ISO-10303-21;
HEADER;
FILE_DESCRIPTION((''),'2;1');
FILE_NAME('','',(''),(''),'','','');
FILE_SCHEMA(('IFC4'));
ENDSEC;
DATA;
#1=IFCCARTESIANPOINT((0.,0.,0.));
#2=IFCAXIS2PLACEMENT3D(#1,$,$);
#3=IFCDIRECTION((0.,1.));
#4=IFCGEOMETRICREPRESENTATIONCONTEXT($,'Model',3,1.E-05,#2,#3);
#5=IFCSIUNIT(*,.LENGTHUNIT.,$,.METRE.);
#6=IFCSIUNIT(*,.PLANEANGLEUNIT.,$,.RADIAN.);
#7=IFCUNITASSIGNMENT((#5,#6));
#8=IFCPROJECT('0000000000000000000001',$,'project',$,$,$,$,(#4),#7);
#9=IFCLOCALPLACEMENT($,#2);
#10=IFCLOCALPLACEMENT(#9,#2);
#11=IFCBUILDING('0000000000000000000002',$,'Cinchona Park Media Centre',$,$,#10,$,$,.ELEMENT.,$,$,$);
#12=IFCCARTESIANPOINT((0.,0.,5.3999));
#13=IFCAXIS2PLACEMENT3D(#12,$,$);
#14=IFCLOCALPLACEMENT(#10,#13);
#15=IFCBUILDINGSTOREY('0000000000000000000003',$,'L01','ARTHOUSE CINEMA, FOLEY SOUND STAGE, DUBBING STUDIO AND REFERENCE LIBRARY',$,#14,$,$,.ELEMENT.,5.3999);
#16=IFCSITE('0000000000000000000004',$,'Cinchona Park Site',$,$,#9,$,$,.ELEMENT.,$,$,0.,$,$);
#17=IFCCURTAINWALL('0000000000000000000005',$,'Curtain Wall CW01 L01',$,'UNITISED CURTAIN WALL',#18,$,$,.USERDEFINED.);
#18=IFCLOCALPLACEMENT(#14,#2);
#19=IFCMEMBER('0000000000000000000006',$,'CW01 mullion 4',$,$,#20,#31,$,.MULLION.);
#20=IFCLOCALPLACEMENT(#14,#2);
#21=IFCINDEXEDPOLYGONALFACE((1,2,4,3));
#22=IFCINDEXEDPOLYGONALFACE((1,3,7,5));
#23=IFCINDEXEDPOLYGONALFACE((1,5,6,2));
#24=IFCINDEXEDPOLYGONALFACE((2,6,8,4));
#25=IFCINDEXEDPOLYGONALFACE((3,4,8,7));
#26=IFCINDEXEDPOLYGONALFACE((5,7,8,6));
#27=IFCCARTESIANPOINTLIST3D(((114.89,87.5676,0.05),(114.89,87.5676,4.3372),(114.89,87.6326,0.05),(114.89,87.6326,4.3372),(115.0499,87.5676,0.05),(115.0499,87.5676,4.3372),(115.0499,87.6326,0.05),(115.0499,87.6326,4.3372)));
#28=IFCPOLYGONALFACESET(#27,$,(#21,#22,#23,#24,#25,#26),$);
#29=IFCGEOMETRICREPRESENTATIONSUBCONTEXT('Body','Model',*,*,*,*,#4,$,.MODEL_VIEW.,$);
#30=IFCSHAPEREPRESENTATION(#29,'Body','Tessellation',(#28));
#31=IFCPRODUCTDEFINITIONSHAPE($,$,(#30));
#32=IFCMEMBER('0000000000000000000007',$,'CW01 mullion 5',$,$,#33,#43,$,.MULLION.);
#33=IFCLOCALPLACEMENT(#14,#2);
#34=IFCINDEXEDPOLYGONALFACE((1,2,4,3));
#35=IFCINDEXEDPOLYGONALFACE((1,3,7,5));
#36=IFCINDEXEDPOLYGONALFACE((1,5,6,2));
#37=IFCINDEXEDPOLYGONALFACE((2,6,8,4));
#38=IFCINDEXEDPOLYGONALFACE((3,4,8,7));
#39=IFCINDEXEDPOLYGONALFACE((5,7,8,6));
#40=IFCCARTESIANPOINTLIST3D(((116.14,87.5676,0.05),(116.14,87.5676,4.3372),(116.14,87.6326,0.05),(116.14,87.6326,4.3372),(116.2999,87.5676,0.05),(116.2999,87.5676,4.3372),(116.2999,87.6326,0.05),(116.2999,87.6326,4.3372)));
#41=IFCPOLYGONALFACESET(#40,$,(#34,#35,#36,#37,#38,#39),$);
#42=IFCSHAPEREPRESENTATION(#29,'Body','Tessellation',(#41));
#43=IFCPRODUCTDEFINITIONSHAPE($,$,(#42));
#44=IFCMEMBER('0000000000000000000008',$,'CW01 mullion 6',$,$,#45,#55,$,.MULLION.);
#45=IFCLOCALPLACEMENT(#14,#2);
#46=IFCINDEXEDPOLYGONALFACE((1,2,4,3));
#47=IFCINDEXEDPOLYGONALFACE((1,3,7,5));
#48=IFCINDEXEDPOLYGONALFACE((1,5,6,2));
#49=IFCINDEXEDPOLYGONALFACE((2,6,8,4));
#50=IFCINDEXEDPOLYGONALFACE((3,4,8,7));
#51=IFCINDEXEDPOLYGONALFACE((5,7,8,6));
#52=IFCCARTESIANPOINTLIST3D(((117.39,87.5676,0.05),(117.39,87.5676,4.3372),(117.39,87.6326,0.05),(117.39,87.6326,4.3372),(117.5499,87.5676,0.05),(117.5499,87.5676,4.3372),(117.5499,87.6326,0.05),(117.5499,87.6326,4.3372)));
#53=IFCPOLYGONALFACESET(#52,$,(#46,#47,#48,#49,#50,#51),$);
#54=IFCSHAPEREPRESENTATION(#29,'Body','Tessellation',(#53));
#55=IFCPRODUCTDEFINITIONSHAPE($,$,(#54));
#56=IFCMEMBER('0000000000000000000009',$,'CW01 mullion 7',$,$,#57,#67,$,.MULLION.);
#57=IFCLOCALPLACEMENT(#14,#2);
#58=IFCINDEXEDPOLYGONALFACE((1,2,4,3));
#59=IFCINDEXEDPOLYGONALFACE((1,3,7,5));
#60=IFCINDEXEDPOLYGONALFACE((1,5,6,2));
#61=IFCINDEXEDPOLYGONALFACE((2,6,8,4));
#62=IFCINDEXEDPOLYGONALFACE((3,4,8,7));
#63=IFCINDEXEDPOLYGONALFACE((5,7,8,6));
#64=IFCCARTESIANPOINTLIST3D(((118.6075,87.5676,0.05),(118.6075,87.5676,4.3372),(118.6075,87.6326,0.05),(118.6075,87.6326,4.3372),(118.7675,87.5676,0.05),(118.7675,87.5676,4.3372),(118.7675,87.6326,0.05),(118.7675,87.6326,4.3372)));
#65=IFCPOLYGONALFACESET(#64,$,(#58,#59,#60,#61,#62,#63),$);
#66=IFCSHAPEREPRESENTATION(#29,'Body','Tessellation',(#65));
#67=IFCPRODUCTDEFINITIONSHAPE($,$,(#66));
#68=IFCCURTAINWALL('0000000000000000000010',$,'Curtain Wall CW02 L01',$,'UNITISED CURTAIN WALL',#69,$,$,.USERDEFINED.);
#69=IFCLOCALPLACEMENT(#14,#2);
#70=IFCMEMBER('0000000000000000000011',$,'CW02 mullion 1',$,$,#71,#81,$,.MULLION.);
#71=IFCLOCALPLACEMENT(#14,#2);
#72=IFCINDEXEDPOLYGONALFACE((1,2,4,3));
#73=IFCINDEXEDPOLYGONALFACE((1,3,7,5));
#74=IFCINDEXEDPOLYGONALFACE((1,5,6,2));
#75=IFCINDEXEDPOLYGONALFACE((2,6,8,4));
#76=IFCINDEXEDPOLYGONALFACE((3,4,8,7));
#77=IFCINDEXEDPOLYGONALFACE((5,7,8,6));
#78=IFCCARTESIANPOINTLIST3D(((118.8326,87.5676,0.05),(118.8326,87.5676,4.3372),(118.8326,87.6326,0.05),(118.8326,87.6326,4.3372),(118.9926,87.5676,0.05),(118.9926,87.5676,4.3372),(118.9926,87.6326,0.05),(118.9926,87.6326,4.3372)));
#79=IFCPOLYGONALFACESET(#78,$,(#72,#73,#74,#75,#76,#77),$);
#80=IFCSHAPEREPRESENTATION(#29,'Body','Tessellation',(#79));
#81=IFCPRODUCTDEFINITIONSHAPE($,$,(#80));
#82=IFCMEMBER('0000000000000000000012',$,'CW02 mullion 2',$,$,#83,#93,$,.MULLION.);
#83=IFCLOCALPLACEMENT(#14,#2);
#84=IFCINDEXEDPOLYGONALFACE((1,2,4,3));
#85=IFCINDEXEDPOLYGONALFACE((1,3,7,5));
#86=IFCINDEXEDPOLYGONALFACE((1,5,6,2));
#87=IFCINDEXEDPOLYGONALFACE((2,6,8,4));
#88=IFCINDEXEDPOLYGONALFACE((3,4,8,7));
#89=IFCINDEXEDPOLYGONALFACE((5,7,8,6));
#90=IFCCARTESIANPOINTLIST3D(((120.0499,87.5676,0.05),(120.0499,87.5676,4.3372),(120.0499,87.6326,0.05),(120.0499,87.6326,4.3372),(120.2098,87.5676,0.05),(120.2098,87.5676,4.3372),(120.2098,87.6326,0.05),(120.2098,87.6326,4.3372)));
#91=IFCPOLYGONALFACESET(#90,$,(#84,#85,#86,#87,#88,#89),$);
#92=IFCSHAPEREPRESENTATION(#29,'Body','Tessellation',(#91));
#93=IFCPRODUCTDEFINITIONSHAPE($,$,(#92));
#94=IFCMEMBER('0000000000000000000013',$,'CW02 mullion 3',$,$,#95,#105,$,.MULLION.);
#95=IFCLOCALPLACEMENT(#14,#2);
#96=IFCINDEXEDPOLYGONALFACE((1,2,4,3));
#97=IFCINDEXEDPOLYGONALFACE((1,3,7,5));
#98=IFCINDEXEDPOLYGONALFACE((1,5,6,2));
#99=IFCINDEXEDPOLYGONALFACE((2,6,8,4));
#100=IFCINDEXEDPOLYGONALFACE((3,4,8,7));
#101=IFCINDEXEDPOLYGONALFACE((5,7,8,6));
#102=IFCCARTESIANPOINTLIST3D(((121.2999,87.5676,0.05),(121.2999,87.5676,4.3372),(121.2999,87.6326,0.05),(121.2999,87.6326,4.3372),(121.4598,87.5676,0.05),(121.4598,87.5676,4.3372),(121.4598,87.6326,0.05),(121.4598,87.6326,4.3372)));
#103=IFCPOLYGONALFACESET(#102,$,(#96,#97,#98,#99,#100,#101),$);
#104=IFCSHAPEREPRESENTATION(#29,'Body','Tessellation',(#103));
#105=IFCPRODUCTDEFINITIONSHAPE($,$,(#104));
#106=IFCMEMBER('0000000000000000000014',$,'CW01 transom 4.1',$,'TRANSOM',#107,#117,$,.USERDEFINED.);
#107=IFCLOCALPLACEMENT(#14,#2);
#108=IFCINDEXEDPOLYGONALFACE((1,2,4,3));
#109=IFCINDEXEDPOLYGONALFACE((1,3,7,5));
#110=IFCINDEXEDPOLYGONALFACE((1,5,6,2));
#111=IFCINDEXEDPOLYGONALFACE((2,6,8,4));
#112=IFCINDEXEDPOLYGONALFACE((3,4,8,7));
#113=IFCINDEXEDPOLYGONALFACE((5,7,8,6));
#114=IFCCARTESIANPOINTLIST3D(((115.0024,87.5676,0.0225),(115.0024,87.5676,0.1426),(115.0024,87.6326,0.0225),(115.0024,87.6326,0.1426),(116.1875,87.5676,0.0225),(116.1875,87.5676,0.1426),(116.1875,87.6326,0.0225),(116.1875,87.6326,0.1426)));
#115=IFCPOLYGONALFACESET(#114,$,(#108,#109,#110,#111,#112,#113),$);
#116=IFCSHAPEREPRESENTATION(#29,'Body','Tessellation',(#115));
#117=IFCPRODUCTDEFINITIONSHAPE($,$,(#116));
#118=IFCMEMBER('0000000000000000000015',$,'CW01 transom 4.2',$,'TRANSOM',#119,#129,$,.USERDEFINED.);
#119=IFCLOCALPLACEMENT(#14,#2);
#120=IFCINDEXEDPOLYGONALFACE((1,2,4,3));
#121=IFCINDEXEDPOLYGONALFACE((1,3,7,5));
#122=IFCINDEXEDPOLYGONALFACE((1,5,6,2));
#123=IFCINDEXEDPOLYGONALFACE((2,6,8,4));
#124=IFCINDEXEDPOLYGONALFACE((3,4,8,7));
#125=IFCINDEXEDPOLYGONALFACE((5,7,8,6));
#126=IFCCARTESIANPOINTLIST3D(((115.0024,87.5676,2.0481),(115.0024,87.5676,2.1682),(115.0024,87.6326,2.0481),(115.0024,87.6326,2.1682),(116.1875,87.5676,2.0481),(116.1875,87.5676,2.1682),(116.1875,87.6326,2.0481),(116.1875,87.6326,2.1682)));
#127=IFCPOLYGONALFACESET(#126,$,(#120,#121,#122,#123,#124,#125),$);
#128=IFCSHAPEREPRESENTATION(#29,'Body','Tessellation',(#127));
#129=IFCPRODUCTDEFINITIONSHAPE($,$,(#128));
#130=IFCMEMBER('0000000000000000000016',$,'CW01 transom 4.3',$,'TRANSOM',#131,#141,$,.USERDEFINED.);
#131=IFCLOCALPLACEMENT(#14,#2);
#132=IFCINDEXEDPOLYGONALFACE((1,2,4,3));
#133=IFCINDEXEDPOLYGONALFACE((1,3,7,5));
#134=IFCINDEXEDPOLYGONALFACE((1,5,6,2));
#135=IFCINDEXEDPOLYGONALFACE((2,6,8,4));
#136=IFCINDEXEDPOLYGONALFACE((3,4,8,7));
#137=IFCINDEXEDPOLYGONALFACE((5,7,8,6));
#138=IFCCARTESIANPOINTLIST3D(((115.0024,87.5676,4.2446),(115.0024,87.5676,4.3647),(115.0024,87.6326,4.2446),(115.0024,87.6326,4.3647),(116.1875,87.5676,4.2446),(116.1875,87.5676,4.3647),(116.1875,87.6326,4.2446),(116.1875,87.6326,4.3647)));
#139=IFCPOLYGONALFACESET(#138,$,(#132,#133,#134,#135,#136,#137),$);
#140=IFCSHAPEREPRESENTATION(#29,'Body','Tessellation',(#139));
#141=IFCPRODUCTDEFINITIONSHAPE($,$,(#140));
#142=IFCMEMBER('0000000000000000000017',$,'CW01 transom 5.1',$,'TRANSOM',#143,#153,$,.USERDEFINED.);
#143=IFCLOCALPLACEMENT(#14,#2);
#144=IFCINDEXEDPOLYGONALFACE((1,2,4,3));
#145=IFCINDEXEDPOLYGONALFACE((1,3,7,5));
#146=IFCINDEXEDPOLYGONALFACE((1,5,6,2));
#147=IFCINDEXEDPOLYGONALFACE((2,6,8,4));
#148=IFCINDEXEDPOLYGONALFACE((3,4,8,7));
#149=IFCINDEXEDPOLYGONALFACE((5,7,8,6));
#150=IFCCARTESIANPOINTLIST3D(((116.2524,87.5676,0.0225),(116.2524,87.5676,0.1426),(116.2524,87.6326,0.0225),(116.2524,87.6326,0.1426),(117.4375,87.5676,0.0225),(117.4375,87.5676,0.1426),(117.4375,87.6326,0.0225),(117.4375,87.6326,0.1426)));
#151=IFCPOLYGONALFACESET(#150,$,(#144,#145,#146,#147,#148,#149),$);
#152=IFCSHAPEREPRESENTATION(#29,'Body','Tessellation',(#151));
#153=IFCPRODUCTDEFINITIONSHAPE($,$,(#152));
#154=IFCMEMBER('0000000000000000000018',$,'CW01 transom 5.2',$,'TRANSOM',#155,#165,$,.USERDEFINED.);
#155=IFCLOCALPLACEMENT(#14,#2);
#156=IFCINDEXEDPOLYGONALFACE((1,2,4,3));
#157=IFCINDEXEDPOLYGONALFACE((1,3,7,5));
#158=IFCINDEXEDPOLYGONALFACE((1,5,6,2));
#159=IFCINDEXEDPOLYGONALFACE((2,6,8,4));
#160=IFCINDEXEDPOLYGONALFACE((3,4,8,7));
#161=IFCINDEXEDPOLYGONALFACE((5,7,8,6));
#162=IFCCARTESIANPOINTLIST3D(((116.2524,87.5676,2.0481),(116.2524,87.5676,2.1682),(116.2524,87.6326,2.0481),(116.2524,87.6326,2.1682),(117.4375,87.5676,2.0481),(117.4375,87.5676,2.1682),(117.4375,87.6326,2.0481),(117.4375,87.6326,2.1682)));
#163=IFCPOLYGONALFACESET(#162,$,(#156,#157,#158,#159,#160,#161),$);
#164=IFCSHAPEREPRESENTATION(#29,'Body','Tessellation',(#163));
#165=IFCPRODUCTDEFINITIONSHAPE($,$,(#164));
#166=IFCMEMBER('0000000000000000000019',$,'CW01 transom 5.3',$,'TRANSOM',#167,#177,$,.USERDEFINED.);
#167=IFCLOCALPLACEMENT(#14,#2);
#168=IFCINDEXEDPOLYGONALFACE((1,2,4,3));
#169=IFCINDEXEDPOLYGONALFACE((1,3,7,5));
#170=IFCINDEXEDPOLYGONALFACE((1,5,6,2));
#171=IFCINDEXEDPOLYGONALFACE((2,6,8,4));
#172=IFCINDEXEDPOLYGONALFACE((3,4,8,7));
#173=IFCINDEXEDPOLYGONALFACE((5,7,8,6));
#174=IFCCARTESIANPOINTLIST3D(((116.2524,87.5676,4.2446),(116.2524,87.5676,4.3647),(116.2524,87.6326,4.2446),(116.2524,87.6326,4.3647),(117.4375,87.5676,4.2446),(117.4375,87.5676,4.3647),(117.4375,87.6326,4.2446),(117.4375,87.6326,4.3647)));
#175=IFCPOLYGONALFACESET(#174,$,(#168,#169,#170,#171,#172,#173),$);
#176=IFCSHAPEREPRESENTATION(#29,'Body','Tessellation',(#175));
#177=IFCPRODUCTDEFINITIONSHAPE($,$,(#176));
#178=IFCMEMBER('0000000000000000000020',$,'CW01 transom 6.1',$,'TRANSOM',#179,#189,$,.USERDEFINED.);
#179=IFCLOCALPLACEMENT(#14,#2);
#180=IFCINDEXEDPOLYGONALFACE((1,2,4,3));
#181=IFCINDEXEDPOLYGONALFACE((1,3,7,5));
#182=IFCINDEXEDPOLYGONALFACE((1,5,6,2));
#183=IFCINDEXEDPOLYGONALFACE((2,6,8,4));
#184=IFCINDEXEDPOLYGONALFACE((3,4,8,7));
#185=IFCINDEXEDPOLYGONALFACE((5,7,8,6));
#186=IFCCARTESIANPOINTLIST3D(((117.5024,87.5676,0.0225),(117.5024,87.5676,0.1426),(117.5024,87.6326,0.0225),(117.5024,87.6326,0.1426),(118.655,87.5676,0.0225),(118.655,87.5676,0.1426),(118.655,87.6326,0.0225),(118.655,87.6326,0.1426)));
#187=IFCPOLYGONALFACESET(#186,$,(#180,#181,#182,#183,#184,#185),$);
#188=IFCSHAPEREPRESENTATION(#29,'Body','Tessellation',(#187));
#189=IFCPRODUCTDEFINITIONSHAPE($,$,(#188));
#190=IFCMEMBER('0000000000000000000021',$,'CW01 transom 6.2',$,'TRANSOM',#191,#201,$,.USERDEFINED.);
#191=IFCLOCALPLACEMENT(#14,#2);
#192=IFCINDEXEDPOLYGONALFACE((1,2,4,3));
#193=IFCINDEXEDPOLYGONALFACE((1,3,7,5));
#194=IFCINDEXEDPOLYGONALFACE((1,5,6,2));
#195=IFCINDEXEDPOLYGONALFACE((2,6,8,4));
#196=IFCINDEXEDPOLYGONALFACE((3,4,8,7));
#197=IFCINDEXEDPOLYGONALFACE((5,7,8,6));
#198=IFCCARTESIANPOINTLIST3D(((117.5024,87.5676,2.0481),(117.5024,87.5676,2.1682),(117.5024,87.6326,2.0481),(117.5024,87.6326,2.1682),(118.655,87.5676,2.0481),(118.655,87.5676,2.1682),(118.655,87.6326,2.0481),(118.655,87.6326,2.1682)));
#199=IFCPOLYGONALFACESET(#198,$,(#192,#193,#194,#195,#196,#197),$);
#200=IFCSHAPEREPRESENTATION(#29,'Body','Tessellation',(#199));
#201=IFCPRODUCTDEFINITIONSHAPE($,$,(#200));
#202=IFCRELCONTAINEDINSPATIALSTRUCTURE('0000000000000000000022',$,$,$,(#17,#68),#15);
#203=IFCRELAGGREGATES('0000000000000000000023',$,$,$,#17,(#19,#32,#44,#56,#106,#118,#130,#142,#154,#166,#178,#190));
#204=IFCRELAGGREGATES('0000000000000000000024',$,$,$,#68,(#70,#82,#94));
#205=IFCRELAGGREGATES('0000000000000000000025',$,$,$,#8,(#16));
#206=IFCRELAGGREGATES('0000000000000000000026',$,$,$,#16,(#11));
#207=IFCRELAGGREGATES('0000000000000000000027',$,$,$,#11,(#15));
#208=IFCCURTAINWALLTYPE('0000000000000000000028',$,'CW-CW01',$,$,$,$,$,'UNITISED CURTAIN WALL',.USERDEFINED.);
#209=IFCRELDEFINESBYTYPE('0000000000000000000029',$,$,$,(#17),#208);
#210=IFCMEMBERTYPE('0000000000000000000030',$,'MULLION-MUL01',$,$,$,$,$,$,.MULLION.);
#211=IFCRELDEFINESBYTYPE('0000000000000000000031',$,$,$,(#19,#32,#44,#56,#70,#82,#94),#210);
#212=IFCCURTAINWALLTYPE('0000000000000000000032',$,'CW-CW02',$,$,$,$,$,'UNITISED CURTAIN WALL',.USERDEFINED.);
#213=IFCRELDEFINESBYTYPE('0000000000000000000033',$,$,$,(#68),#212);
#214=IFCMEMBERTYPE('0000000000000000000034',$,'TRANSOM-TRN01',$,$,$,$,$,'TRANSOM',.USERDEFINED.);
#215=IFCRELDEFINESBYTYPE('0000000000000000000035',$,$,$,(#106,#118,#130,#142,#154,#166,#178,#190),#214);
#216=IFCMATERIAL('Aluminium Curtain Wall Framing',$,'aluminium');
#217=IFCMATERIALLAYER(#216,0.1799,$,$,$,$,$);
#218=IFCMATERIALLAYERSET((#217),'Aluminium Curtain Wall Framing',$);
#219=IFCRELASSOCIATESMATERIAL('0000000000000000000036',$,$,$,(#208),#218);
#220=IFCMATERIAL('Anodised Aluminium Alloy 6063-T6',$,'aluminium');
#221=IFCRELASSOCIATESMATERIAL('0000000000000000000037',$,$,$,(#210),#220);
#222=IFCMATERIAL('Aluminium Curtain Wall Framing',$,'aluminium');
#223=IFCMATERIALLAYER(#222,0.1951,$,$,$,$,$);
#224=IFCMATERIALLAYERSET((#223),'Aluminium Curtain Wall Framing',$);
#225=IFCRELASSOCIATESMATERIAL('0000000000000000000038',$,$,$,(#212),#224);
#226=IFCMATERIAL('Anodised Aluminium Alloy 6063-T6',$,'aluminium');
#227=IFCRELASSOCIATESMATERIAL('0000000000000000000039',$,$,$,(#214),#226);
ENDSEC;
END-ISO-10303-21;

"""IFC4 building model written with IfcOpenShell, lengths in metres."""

from ifc_helpers import new_model, si_unit, direction, frame, origin, origin_2d, place, context, subcontext, project, spatial, rectangle, extrude, material, layer, layer_set, material_profile, profile_set, type_object, element, aggregate, save


model = new_model("IFC4")

# Units and contexts
model_context = context("Model", 3, precision=1e-05, world=origin(), true_north=direction((0.0, 1.0)))
body_context = subcontext(model_context, "Body", "Model", "MODEL_VIEW")
ifc_project = project(units=[si_unit("LENGTHUNIT", "METRE"), si_unit("PLANEANGLEUNIT", "RADIAN")], contexts=[model_context])

# Site, building, storey
site_placement = place(None, origin())
site = spatial("IfcSite", under=ifc_project, at=site_placement, Name="Cinchona Park Site", CompositionType="ELEMENT", RefElevation=0.0)
building_placement = place(site_placement, origin())
building = spatial("IfcBuilding", under=site, at=building_placement, Name="Cinchona Park Media Centre", CompositionType="ELEMENT")
storey_placement = place(building_placement, frame((0.0, 0.0, 5.3999)))
storey = spatial("IfcBuildingStorey", under=building, at=storey_placement, Name="L01", Description="ARTHOUSE CINEMA, FOLEY SOUND STAGE, DUBBING STUDIO AND REFERENCE LIBRARY", CompositionType="ELEMENT", Elevation=5.3999)

# Curtain walls, members
ifc_material_1 = material(Name="Aluminium Curtain Wall Framing", Category="aluminium")
ifc_layer_1 = layer(ifc_material_1, 0.1799)
ifc_layer_set_1 = layer_set([ifc_layer_1], Name="Aluminium Curtain Wall Framing")
curtain_wall_type_1 = type_object("IfcCurtainWallType", Name="CW-CW01", ElementType="UNITISED CURTAIN WALL", PredefinedType="USERDEFINED", material=ifc_layer_set_1)
curtain_wall_1_placement = place(storey_placement, origin())
curtain_wall_1 = element("IfcCurtainWall", 1, at=curtain_wall_1_placement, inside=storey, type_object=curtain_wall_type_1, Name="Curtain Wall CW01 L01", ObjectType="UNITISED CURTAIN WALL", PredefinedType="USERDEFINED")
ifc_material_2 = material(Name="Anodised Aluminium Alloy 6063-T6", Category="aluminium")
ifc_material_profile_1 = material_profile(ifc_material_2, rectangle(XDim=0.0649, YDim=0.1599, at=origin_2d()), Name="MUL-65X160")
ifc_profile_set_1 = profile_set([ifc_material_profile_1], Name="Anodised Aluminium Alloy 6063-T6")
member_type_1 = type_object("IfcMemberType", Name="MULLION-MUL01", PredefinedType="MULLION", material=ifc_profile_set_1)
member_1_placement = place(storey_placement, frame((114.97, 87.6001, 0.05), z_axis=(0.0, 0.0, 1.0), x_axis=(0.0, 1.0, 0.0)))
member_1 = element("IfcMember", 2, at=member_1_placement, type_object=member_type_1, Name="CW01 mullion 4", PredefinedType="MULLION", context=body_context, shape_type="SweptSolid", body=[
    extrude(rectangle(XDim=0.0649, YDim=0.1599, at=origin_2d()), origin(), (0.0, 0.0, 1.0), 4.2871),
])
member_2_placement = place(storey_placement, frame((116.22, 87.6001, 0.05), z_axis=(0.0, 0.0, 1.0), x_axis=(0.0, 1.0, 0.0)))
member_2 = element("IfcMember", 3, at=member_2_placement, type_object=member_type_1, Name="CW01 mullion 5", PredefinedType="MULLION", context=body_context, shape_type="SweptSolid", body=[
    extrude(rectangle(XDim=0.0649, YDim=0.1599, at=origin_2d()), origin(), (0.0, 0.0, 1.0), 4.2871),
])
member_3_placement = place(storey_placement, frame((117.47, 87.6001, 0.05), z_axis=(0.0, 0.0, 1.0), x_axis=(0.0, 1.0, 0.0)))
member_3 = element("IfcMember", 4, at=member_3_placement, type_object=member_type_1, Name="CW01 mullion 6", PredefinedType="MULLION", context=body_context, shape_type="SweptSolid", body=[
    extrude(rectangle(XDim=0.0649, YDim=0.1599, at=origin_2d()), origin(), (0.0, 0.0, 1.0), 4.2871),
])
member_4_placement = place(storey_placement, frame((118.6875, 87.6001, 0.05), z_axis=(0.0, 0.0, 1.0), x_axis=(0.0, 1.0, 0.0)))
member_4 = element("IfcMember", 5, at=member_4_placement, type_object=member_type_1, Name="CW01 mullion 7", PredefinedType="MULLION", context=body_context, shape_type="SweptSolid", body=[
    extrude(rectangle(XDim=0.0649, YDim=0.1599, at=origin_2d()), origin(), (0.0, 0.0, 1.0), 4.2871),
])
ifc_material_3 = material(Name="Aluminium Curtain Wall Framing", Category="aluminium")
ifc_layer_2 = layer(ifc_material_3, 0.1951)
ifc_layer_set_2 = layer_set([ifc_layer_2], Name="Aluminium Curtain Wall Framing")
curtain_wall_type_2 = type_object("IfcCurtainWallType", Name="CW-CW02", ElementType="UNITISED CURTAIN WALL", PredefinedType="USERDEFINED", material=ifc_layer_set_2)
curtain_wall_2_placement = place(storey_placement, origin())
curtain_wall_2 = element("IfcCurtainWall", 6, at=curtain_wall_2_placement, inside=storey, type_object=curtain_wall_type_2, Name="Curtain Wall CW02 L01", ObjectType="UNITISED CURTAIN WALL", PredefinedType="USERDEFINED")
member_5_placement = place(storey_placement, frame((118.9126, 87.6001, 0.05), z_axis=(0.0, 0.0, 1.0), x_axis=(0.0, 1.0, 0.0)))
member_5 = element("IfcMember", 7, at=member_5_placement, type_object=member_type_1, Name="CW02 mullion 1", PredefinedType="MULLION", context=body_context, shape_type="SweptSolid", body=[
    extrude(rectangle(XDim=0.0649, YDim=0.1599, at=origin_2d()), origin(), (0.0, 0.0, 1.0), 4.2871),
])
member_6_placement = place(storey_placement, frame((120.1299, 87.6001, 0.05), z_axis=(0.0, 0.0, 1.0), x_axis=(0.0, 1.0, 0.0)))
member_6 = element("IfcMember", 8, at=member_6_placement, type_object=member_type_1, Name="CW02 mullion 2", PredefinedType="MULLION", context=body_context, shape_type="SweptSolid", body=[
    extrude(rectangle(XDim=0.0649, YDim=0.1599, at=origin_2d()), origin(), (0.0, 0.0, 1.0), 4.2871),
])
member_7_placement = place(storey_placement, frame((121.3799, 87.6001, 0.05), z_axis=(0.0, 0.0, 1.0), x_axis=(0.0, 1.0, 0.0)))
member_7 = element("IfcMember", 9, at=member_7_placement, type_object=member_type_1, Name="CW02 mullion 3", PredefinedType="MULLION", context=body_context, shape_type="SweptSolid", body=[
    extrude(rectangle(XDim=0.0649, YDim=0.1599, at=origin_2d()), origin(), (0.0, 0.0, 1.0), 4.2871),
])

# Members
ifc_material_4 = material(Name="Anodised Aluminium Alloy 6063-T6", Category="aluminium")
ifc_material_profile_2 = material_profile(ifc_material_4, rectangle(XDim=0.0649, YDim=0.1201, at=origin_2d()), Name="TRN-65X120")
ifc_profile_set_2 = profile_set([ifc_material_profile_2], Name="Anodised Aluminium Alloy 6063-T6")
member_type_2 = type_object("IfcMemberType", Name="TRANSOM-TRN01", ElementType="TRANSOM", PredefinedType="USERDEFINED", material=ifc_profile_set_2)
member_8_placement = place(storey_placement, frame((115.0024, 87.6001, 0.0825), z_axis=(1.0, 0.0, 0.0), x_axis=(0.0, 1.0, 0.0)))
member_8 = element("IfcMember", 10, at=member_8_placement, type_object=member_type_2, Name="CW01 transom 4.1", ObjectType="TRANSOM", PredefinedType="USERDEFINED", context=body_context, shape_type="SweptSolid", body=[
    extrude(rectangle(XDim=0.0649, YDim=0.1201, at=origin_2d()), origin(), (0.0, 0.0, 1.0), 1.1851),
])
member_9_placement = place(storey_placement, frame((115.0024, 87.6001, 2.1082), z_axis=(1.0, 0.0, 0.0), x_axis=(0.0, 1.0, 0.0)))
member_9 = element("IfcMember", 11, at=member_9_placement, type_object=member_type_2, Name="CW01 transom 4.2", ObjectType="TRANSOM", PredefinedType="USERDEFINED", context=body_context, shape_type="SweptSolid", body=[
    extrude(rectangle(XDim=0.0649, YDim=0.1201, at=origin_2d()), origin(), (0.0, 0.0, 1.0), 1.1851),
])
member_10_placement = place(storey_placement, frame((115.0024, 87.6001, 4.3047), z_axis=(1.0, 0.0, 0.0), x_axis=(0.0, 1.0, 0.0)))
member_10 = element("IfcMember", 12, at=member_10_placement, type_object=member_type_2, Name="CW01 transom 4.3", ObjectType="TRANSOM", PredefinedType="USERDEFINED", context=body_context, shape_type="SweptSolid", body=[
    extrude(rectangle(XDim=0.0649, YDim=0.1201, at=origin_2d()), origin(), (0.0, 0.0, 1.0), 1.1851),
])
member_11_placement = place(storey_placement, frame((116.2524, 87.6001, 0.0825), z_axis=(1.0, 0.0, 0.0), x_axis=(0.0, 1.0, 0.0)))
member_11 = element("IfcMember", 13, at=member_11_placement, type_object=member_type_2, Name="CW01 transom 5.1", ObjectType="TRANSOM", PredefinedType="USERDEFINED", context=body_context, shape_type="SweptSolid", body=[
    extrude(rectangle(XDim=0.0649, YDim=0.1201, at=origin_2d()), origin(), (0.0, 0.0, 1.0), 1.1851),
])
member_12_placement = place(storey_placement, frame((116.2524, 87.6001, 2.1082), z_axis=(1.0, 0.0, 0.0), x_axis=(0.0, 1.0, 0.0)))
member_12 = element("IfcMember", 14, at=member_12_placement, type_object=member_type_2, Name="CW01 transom 5.2", ObjectType="TRANSOM", PredefinedType="USERDEFINED", context=body_context, shape_type="SweptSolid", body=[
    extrude(rectangle(XDim=0.0649, YDim=0.1201, at=origin_2d()), origin(), (0.0, 0.0, 1.0), 1.1851),
])
member_13_placement = place(storey_placement, frame((116.2524, 87.6001, 4.3047), z_axis=(1.0, 0.0, 0.0), x_axis=(0.0, 1.0, 0.0)))
member_13 = element("IfcMember", 15, at=member_13_placement, type_object=member_type_2, Name="CW01 transom 5.3", ObjectType="TRANSOM", PredefinedType="USERDEFINED", context=body_context, shape_type="SweptSolid", body=[
    extrude(rectangle(XDim=0.0649, YDim=0.1201, at=origin_2d()), origin(), (0.0, 0.0, 1.0), 1.1851),
])
member_14_placement = place(storey_placement, frame((117.5024, 87.6001, 0.0825), z_axis=(1.0, 0.0, 0.0), x_axis=(0.0, 1.0, 0.0)))
member_14 = element("IfcMember", 16, at=member_14_placement, type_object=member_type_2, Name="CW01 transom 6.1", ObjectType="TRANSOM", PredefinedType="USERDEFINED", context=body_context, shape_type="SweptSolid", body=[
    extrude(rectangle(XDim=0.0649, YDim=0.1201, at=origin_2d()), origin(), (0.0, 0.0, 1.0), 1.1526),
])
member_15_placement = place(storey_placement, frame((117.5024, 87.6001, 2.1082), z_axis=(1.0, 0.0, 0.0), x_axis=(0.0, 1.0, 0.0)))
member_15 = element("IfcMember", 17, at=member_15_placement, type_object=member_type_2, Name="CW01 transom 6.2", ObjectType="TRANSOM", PredefinedType="USERDEFINED", context=body_context, shape_type="SweptSolid", body=[
    extrude(rectangle(XDim=0.0649, YDim=0.1201, at=origin_2d()), origin(), (0.0, 0.0, 1.0), 1.1526),
])

aggregate(curtain_wall_1, [member_1, member_2, member_3, member_4, member_8, member_9, member_10, member_11, member_12, member_13, member_14, member_15])
aggregate(curtain_wall_2, [member_5, member_6, member_7])

save(model, "model.ifc")
